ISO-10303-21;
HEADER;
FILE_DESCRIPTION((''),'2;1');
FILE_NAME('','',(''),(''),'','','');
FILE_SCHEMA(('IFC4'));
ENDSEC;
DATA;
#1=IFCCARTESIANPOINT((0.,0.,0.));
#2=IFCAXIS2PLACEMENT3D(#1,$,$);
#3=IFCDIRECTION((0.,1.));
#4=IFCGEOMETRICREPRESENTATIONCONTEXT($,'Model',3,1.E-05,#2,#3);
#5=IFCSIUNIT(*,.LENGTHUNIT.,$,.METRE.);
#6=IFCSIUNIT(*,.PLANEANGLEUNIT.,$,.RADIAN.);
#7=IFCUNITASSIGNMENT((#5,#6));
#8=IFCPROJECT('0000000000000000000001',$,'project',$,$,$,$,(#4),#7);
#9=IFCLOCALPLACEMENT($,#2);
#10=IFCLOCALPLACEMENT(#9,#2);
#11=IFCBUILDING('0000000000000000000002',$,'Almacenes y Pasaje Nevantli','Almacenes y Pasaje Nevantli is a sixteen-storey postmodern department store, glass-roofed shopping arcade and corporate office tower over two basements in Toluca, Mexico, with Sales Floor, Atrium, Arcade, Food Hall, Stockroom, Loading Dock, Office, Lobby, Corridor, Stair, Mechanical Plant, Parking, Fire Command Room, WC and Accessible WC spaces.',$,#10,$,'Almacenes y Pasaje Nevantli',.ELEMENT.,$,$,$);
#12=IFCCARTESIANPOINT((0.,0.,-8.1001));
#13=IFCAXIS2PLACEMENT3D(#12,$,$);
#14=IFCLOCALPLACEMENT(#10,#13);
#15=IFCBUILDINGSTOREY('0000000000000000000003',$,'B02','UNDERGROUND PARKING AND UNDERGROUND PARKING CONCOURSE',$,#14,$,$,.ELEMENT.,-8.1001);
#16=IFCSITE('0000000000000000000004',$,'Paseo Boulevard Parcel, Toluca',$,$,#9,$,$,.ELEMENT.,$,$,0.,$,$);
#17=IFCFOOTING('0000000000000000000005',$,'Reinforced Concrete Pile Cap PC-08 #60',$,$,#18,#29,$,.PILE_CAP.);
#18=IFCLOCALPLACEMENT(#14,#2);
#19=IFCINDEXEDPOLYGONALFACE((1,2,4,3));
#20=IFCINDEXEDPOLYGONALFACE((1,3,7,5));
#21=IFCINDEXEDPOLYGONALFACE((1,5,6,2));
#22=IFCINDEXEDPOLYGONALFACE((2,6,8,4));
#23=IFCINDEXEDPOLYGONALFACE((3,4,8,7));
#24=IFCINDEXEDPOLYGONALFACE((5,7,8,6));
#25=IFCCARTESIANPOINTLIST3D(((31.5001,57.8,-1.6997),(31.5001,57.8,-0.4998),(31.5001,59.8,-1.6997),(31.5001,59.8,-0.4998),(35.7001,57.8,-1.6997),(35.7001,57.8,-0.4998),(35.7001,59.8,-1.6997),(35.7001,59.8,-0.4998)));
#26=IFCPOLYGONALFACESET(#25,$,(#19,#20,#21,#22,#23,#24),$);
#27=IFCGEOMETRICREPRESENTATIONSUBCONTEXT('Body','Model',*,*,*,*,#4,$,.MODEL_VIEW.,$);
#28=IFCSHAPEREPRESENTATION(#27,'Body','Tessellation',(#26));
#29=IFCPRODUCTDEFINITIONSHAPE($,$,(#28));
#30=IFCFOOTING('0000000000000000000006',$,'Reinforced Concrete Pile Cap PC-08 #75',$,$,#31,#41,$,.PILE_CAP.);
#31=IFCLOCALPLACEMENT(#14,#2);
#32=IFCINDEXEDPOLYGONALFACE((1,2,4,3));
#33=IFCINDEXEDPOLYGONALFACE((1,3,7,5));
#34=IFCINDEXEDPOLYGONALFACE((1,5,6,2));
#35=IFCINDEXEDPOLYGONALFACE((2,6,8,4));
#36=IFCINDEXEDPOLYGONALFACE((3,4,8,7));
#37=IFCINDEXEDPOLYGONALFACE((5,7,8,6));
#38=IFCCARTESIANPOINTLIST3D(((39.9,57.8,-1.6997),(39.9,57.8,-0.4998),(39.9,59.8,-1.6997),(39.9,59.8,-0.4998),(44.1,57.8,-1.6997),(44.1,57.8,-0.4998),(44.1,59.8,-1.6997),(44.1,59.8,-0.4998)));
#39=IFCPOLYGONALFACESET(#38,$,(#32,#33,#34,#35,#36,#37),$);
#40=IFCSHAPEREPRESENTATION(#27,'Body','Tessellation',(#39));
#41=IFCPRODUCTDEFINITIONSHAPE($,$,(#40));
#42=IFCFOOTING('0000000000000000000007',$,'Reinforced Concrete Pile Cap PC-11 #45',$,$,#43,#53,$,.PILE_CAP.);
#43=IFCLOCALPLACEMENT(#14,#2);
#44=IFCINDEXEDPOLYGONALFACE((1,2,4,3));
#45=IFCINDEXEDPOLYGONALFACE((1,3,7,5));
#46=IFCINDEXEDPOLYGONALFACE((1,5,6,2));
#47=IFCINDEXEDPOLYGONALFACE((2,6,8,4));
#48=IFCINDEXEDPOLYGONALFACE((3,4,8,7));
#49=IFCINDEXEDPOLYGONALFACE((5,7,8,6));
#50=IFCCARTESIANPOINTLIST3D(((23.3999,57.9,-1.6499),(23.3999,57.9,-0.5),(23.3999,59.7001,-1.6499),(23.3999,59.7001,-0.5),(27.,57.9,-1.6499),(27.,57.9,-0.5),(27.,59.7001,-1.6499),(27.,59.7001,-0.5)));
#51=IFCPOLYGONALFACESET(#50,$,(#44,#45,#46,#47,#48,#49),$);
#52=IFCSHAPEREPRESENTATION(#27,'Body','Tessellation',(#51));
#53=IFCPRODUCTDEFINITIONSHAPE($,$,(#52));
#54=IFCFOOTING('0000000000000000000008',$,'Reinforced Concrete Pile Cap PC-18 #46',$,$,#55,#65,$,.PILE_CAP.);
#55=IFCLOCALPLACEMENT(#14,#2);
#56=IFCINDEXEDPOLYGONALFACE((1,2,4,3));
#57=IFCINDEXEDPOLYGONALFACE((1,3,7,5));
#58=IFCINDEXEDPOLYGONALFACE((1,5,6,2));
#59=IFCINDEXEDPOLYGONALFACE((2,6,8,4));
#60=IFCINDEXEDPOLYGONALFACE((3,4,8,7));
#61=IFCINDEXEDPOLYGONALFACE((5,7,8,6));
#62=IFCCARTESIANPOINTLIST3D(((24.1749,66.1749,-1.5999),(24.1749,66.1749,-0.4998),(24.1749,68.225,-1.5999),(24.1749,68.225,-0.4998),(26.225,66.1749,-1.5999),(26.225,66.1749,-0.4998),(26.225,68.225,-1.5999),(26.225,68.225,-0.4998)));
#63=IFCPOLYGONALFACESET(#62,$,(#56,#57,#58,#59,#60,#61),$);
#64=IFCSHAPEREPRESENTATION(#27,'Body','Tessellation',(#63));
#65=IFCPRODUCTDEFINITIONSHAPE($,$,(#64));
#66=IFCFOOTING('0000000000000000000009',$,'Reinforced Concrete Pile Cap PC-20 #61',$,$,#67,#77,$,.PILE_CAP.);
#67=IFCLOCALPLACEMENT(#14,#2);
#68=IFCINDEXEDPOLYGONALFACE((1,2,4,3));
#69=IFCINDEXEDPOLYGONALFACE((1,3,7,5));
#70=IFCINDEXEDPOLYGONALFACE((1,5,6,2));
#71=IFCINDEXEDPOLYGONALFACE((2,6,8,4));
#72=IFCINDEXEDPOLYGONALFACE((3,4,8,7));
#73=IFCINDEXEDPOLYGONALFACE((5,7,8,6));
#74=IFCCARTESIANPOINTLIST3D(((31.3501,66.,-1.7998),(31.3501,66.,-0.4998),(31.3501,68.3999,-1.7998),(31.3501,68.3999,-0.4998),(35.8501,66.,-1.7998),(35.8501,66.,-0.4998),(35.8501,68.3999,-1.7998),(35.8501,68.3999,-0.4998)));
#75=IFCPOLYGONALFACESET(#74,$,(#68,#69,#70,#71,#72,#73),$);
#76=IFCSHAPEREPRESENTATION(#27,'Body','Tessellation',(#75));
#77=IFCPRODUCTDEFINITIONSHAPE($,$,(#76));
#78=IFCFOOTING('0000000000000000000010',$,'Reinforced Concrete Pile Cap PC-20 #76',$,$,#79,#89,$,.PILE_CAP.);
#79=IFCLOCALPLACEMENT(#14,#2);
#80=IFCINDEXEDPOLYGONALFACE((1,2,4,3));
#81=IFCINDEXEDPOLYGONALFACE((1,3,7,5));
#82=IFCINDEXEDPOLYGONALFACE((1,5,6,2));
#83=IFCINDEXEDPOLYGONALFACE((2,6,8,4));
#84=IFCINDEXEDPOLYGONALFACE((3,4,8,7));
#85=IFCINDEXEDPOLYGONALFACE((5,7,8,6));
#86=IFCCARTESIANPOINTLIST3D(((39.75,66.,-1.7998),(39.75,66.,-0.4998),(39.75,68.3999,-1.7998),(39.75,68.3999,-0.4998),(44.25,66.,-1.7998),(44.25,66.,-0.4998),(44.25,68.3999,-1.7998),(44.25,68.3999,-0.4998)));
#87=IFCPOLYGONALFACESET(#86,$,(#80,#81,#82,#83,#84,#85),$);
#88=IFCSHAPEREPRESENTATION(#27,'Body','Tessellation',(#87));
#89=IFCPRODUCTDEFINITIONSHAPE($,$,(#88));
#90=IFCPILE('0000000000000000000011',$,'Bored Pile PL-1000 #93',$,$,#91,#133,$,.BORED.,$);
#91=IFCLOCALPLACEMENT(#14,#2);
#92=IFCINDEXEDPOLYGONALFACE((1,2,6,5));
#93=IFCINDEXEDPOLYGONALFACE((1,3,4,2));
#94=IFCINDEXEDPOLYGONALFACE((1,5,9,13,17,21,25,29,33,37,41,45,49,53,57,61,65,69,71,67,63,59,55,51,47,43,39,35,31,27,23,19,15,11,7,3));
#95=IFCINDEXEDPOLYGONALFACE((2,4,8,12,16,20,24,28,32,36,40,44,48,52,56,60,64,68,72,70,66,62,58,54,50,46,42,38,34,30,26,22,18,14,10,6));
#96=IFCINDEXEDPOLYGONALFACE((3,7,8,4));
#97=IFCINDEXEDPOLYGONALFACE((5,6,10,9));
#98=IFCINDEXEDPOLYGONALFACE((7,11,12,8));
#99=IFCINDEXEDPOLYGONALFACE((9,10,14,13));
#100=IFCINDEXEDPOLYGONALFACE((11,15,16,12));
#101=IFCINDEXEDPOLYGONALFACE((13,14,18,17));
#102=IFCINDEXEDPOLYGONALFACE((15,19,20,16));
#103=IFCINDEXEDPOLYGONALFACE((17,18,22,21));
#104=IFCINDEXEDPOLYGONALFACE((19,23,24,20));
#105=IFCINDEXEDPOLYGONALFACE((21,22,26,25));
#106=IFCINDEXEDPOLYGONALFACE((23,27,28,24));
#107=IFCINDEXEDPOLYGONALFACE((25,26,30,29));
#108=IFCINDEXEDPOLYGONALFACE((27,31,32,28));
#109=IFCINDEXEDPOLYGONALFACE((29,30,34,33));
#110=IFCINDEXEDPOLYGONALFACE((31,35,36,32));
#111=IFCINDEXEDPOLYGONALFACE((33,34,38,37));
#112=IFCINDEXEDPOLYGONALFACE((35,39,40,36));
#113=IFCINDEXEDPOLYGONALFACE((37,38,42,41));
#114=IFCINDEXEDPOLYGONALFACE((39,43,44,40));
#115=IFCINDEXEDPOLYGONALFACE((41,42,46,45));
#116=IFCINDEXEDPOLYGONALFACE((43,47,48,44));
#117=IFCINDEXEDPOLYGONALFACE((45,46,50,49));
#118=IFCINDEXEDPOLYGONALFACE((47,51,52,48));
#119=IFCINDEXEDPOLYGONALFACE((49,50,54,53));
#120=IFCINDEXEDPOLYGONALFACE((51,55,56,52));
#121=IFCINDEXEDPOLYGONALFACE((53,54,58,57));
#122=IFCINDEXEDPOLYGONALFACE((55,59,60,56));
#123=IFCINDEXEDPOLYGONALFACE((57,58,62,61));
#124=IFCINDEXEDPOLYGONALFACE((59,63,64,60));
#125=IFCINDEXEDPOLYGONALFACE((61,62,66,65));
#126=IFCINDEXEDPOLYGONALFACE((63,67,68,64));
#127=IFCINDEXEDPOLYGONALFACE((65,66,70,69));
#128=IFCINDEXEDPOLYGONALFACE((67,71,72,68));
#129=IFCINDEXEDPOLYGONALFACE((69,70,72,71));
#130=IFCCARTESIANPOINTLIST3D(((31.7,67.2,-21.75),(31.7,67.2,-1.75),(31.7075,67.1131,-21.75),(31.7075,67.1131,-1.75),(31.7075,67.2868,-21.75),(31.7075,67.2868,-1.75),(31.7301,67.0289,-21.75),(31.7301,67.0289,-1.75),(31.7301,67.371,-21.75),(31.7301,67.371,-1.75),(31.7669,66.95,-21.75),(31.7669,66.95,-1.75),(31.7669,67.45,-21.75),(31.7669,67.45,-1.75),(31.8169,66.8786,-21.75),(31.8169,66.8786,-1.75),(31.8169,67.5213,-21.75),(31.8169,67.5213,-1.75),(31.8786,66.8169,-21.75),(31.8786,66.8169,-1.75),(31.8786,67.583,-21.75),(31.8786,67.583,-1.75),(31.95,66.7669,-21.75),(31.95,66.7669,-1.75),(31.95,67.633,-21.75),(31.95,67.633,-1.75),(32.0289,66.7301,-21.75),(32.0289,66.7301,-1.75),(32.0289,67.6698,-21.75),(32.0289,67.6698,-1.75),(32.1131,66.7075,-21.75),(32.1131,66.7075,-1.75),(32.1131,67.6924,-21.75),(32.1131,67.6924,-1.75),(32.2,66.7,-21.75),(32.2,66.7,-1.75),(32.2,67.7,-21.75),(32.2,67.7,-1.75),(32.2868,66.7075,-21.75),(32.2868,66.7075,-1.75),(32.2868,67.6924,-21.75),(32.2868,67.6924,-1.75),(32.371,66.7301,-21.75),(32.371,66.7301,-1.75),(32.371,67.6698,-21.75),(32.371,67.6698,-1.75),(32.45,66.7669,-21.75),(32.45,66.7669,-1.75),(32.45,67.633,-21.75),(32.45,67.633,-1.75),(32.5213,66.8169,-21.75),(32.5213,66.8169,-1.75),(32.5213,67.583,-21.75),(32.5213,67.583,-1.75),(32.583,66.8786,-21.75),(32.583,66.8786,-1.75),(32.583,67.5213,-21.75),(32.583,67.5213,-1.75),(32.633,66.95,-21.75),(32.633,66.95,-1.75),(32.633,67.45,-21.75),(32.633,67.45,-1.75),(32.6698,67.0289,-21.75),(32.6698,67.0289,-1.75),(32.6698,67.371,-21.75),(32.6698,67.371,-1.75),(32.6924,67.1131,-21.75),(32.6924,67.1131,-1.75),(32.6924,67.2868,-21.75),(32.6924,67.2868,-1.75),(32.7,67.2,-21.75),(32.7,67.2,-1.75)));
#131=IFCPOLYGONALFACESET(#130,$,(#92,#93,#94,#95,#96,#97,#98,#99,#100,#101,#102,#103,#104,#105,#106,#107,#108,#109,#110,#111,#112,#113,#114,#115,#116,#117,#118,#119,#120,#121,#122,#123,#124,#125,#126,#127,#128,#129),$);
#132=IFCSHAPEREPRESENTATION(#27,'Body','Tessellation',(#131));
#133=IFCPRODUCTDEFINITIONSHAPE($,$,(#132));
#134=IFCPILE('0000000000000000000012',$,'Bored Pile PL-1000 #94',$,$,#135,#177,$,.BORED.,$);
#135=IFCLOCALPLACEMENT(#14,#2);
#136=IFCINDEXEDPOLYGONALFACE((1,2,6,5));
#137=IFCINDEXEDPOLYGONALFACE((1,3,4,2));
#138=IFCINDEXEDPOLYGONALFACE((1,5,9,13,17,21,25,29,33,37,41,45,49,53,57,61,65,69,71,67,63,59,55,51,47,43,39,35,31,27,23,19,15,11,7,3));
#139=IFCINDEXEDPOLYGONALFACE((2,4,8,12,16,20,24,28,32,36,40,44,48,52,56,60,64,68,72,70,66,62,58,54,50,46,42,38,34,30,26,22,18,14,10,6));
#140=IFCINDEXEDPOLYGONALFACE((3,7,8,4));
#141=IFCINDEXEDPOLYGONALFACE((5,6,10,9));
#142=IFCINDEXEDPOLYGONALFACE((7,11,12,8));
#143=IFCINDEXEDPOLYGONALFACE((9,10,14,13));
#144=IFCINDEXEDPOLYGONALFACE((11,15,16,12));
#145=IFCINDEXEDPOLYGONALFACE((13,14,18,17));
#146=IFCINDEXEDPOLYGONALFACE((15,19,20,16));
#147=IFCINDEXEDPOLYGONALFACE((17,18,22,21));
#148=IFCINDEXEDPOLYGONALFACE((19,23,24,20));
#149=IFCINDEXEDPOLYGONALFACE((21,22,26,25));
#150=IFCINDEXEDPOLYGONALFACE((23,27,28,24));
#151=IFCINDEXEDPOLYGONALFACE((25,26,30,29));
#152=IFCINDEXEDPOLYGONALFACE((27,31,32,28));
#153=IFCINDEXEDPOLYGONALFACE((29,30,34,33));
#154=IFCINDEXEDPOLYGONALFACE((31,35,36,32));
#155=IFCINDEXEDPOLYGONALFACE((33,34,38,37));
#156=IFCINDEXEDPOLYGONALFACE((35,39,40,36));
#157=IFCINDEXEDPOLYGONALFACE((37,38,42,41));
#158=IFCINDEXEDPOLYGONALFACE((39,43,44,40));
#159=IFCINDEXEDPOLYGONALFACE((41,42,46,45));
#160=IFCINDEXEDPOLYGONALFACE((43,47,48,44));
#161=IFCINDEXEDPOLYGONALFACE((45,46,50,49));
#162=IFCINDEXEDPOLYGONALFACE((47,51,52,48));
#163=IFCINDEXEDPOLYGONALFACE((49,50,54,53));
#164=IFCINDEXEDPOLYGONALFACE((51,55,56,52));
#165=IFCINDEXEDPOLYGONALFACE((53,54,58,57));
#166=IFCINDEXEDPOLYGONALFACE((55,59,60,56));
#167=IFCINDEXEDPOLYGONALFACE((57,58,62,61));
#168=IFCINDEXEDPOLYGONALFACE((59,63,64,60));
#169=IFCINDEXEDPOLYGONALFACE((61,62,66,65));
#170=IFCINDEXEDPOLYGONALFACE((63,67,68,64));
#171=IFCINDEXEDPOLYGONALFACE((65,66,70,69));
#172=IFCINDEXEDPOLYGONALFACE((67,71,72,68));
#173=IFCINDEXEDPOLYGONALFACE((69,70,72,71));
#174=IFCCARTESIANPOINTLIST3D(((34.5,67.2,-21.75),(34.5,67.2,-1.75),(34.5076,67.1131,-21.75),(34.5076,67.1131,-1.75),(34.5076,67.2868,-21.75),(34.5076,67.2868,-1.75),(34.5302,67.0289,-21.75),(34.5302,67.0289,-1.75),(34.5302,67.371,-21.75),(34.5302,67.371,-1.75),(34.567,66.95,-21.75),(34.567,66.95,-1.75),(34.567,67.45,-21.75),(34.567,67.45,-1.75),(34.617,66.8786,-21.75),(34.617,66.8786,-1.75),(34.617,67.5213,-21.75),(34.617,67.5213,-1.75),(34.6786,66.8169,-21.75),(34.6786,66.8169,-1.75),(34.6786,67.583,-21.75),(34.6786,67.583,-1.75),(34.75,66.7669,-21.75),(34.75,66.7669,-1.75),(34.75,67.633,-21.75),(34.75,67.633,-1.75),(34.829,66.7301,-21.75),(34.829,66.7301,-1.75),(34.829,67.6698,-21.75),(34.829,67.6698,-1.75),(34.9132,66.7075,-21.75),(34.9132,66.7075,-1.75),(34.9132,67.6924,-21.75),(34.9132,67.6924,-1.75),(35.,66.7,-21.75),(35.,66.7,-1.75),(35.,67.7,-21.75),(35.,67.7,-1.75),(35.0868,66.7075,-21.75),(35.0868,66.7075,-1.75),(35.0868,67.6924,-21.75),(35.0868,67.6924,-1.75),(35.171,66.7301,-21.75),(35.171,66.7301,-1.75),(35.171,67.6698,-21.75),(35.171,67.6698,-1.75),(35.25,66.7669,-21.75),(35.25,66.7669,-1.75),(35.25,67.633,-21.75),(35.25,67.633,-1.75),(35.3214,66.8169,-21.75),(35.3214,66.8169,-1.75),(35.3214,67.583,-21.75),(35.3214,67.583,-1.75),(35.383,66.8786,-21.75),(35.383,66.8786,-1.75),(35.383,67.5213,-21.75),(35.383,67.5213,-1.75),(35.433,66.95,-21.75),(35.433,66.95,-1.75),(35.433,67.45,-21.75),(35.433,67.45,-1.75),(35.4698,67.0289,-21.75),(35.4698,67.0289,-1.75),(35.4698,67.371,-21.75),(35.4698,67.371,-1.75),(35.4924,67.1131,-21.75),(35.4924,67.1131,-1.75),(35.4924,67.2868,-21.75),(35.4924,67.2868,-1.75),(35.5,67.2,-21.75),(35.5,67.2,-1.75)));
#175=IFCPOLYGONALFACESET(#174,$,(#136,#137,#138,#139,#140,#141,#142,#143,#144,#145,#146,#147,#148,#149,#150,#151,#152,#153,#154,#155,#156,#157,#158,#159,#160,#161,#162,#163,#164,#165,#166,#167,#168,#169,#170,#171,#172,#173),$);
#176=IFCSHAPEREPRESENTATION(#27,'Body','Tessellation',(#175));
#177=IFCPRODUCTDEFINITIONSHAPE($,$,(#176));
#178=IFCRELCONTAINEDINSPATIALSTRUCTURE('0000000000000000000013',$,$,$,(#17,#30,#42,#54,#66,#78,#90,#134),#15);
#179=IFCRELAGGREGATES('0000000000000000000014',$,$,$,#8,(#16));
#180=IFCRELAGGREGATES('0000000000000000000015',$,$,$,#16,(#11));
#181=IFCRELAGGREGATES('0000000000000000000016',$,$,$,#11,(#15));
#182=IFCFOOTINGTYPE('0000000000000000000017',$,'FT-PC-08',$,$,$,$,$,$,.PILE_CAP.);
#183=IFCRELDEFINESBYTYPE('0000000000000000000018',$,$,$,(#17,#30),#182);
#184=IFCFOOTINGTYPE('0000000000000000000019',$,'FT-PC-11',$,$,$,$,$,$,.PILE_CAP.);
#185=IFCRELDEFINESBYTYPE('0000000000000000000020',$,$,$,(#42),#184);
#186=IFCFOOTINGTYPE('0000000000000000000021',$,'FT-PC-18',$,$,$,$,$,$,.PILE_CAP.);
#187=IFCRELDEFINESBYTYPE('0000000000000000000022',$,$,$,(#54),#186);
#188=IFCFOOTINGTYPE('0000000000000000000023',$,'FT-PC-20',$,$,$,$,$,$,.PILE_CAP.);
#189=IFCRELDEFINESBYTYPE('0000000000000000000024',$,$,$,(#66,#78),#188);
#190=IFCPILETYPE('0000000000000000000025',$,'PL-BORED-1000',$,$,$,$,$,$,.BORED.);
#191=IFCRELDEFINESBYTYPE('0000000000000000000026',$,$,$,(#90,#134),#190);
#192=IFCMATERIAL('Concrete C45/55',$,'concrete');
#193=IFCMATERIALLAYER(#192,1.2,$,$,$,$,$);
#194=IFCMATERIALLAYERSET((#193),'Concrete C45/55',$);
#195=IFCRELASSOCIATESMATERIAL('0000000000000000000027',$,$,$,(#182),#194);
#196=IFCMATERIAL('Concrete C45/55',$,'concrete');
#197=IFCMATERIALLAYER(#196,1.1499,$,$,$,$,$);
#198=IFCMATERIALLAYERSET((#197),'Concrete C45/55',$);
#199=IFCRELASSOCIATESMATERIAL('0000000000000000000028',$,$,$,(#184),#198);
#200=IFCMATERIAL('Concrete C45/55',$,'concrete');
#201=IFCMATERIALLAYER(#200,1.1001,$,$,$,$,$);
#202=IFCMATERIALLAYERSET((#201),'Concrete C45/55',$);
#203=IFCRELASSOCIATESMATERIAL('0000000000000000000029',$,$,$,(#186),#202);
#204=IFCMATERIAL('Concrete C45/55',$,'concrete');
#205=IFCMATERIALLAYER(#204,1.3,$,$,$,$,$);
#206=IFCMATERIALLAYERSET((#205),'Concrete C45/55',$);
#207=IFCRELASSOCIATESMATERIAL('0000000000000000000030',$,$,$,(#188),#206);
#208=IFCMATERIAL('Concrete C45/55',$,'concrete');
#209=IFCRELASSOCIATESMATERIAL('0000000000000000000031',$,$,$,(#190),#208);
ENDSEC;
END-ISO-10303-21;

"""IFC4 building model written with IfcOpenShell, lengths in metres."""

from ifc_helpers import new_model, si_unit, direction, frame, origin, origin_2d, place, context, subcontext, project, spatial, rectangle, circle, extrude, material, layer, layer_set, material_profile, profile_set, type_object, element, save


model = new_model("IFC4")

# Units and contexts
model_context = context("Model", 3, precision=1e-05, world=origin(), true_north=direction((0.0, 1.0)))
body_context = subcontext(model_context, "Body", "Model", "MODEL_VIEW")
ifc_project = project(units=[si_unit("LENGTHUNIT", "METRE"), si_unit("PLANEANGLEUNIT", "RADIAN")], contexts=[model_context])

# Site, building, storey
site_placement = place(None, origin())
site = spatial("IfcSite", under=ifc_project, at=site_placement, Name="Paseo Boulevard Parcel, Toluca", CompositionType="ELEMENT", RefElevation=0.0)
building_placement = place(site_placement, origin())
building = spatial("IfcBuilding", under=site, at=building_placement, Name="Almacenes y Pasaje Nevantli", Description="Almacenes y Pasaje Nevantli is a sixteen-storey postmodern department store, glass-roofed shopping arcade and corporate office tower over two basements in Toluca, Mexico, with Sales Floor, Atrium, Arcade, Food Hall, Stockroom, Loading Dock, Office, Lobby, Corridor, Stair, Mechanical Plant, Parking, Fire Command Room, WC and Accessible WC spaces.", LongName="Almacenes y Pasaje Nevantli", CompositionType="ELEMENT")
storey_placement = place(building_placement, frame((0.0, 0.0, -8.1001)))
storey = spatial("IfcBuildingStorey", under=building, at=storey_placement, Name="B02", Description="UNDERGROUND PARKING AND UNDERGROUND PARKING CONCOURSE", CompositionType="ELEMENT", Elevation=-8.1001)

# Footings
ifc_material_1 = material(Name="Concrete C45/55", Category="concrete")
ifc_layer_1 = layer(ifc_material_1, 1.2)
ifc_layer_set_1 = layer_set([ifc_layer_1], Name="Concrete C45/55")
footing_type_1 = type_object("IfcFootingType", Name="FT-PC-08", PredefinedType="PILE_CAP", material=ifc_layer_set_1)
for number, where, z_axis, x_axis, name in (
    (1, (33.6001, 58.8, -1.6997), (0.0, 0.0, 1.0), (1.0, 0.0, 0.0), "Reinforced Concrete Pile Cap PC-08 #60"),
    (2, (42.0, 58.8, -1.6997), (0.0, 0.0, 1.0), (1.0, 0.0, 0.0), "Reinforced Concrete Pile Cap PC-08 #75"),
):
    element("IfcFooting", number, at=place(storey_placement, frame(where, z_axis=z_axis, x_axis=x_axis)), inside=storey, type_object=footing_type_1, Name=name, PredefinedType="PILE_CAP", context=body_context, shape_type="SweptSolid", body=[
        extrude(rectangle(XDim=4.2, YDim=2.0, at=origin_2d()), origin(), (0.0, 0.0, 1.0), 1.2),
    ])
ifc_material_2 = material(Name="Concrete C45/55", Category="concrete")
ifc_layer_2 = layer(ifc_material_2, 1.1499)
ifc_layer_set_2 = layer_set([ifc_layer_2], Name="Concrete C45/55")
footing_type_2 = type_object("IfcFootingType", Name="FT-PC-11", PredefinedType="PILE_CAP", material=ifc_layer_set_2)
footing_1_placement = place(storey_placement, frame((25.2, 58.8, -1.6499), z_axis=(0.0, 0.0, 1.0), x_axis=(1.0, 0.0, 0.0)))
element("IfcFooting", 3, at=footing_1_placement, inside=storey, type_object=footing_type_2, Name="Reinforced Concrete Pile Cap PC-11 #45", PredefinedType="PILE_CAP", context=body_context, shape_type="SweptSolid", body=[
    extrude(rectangle(XDim=3.6001, YDim=1.8, at=origin_2d()), origin(), (0.0, 0.0, 1.0), 1.1499),
])
ifc_material_3 = material(Name="Concrete C45/55", Category="concrete")
ifc_layer_3 = layer(ifc_material_3, 1.1001)
ifc_layer_set_3 = layer_set([ifc_layer_3], Name="Concrete C45/55")
footing_type_3 = type_object("IfcFootingType", Name="FT-PC-18", PredefinedType="PILE_CAP", material=ifc_layer_set_3)
footing_2_placement = place(storey_placement, frame((25.2, 67.2, -1.5999), z_axis=(0.0, 0.0, 1.0), x_axis=(1.0, 0.0, 0.0)))
element("IfcFooting", 4, at=footing_2_placement, inside=storey, type_object=footing_type_3, Name="Reinforced Concrete Pile Cap PC-18 #46", PredefinedType="PILE_CAP", context=body_context, shape_type="SweptSolid", body=[
    extrude(rectangle(XDim=2.05, YDim=2.05, at=origin_2d()), origin(), (0.0, 0.0, 1.0), 1.1001),
])
ifc_material_4 = material(Name="Concrete C45/55", Category="concrete")
ifc_layer_4 = layer(ifc_material_4, 1.3)
ifc_layer_set_4 = layer_set([ifc_layer_4], Name="Concrete C45/55")
footing_type_4 = type_object("IfcFootingType", Name="FT-PC-20", PredefinedType="PILE_CAP", material=ifc_layer_set_4)
for number, where, z_axis, x_axis, name in (
    (5, (33.6001, 67.2, -1.7998), (0.0, 0.0, 1.0), (1.0, 0.0, 0.0), "Reinforced Concrete Pile Cap PC-20 #61"),
    (6, (42.0, 67.2, -1.7998), (0.0, 0.0, 1.0), (1.0, 0.0, 0.0), "Reinforced Concrete Pile Cap PC-20 #76"),
):
    element("IfcFooting", number, at=place(storey_placement, frame(where, z_axis=z_axis, x_axis=x_axis)), inside=storey, type_object=footing_type_4, Name=name, PredefinedType="PILE_CAP", context=body_context, shape_type="SweptSolid", body=[
        extrude(rectangle(XDim=4.5, YDim=2.3999, at=origin_2d()), origin(), (0.0, 0.0, 1.0), 1.3),
    ])

# Piles
ifc_material_5 = material(Name="Concrete C45/55", Category="concrete")
ifc_material_profile_1 = material_profile(ifc_material_5, circle(Radius=0.5, at=origin_2d()), Name="RC-PILE-D1000")
ifc_profile_set_1 = profile_set([ifc_material_profile_1], Name="Concrete C45/55")
pile_type_1 = type_object("IfcPileType", Name="PL-BORED-1000", PredefinedType="BORED", material=ifc_profile_set_1)
for number, where, z_axis, x_axis, name in (
    (7, (32.2, 67.2, -1.75), (0.0, 0.0, -1.0), (1.0, 0.0, 0.0), "Bored Pile PL-1000 #93"),
    (8, (35.0, 67.2, -1.75), (0.0, 0.0, -1.0), (1.0, 0.0, 0.0), "Bored Pile PL-1000 #94"),
):
    element("IfcPile", number, at=place(storey_placement, frame(where, z_axis=z_axis, x_axis=x_axis)), inside=storey, type_object=pile_type_1, Name=name, PredefinedType="BORED", context=body_context, shape_type="SweptSolid", body=[
        extrude(circle(Radius=0.5, at=origin_2d()), origin(), (0.0, 0.0, 1.0), 20.0),
    ])

save(model, "model.ifc")
